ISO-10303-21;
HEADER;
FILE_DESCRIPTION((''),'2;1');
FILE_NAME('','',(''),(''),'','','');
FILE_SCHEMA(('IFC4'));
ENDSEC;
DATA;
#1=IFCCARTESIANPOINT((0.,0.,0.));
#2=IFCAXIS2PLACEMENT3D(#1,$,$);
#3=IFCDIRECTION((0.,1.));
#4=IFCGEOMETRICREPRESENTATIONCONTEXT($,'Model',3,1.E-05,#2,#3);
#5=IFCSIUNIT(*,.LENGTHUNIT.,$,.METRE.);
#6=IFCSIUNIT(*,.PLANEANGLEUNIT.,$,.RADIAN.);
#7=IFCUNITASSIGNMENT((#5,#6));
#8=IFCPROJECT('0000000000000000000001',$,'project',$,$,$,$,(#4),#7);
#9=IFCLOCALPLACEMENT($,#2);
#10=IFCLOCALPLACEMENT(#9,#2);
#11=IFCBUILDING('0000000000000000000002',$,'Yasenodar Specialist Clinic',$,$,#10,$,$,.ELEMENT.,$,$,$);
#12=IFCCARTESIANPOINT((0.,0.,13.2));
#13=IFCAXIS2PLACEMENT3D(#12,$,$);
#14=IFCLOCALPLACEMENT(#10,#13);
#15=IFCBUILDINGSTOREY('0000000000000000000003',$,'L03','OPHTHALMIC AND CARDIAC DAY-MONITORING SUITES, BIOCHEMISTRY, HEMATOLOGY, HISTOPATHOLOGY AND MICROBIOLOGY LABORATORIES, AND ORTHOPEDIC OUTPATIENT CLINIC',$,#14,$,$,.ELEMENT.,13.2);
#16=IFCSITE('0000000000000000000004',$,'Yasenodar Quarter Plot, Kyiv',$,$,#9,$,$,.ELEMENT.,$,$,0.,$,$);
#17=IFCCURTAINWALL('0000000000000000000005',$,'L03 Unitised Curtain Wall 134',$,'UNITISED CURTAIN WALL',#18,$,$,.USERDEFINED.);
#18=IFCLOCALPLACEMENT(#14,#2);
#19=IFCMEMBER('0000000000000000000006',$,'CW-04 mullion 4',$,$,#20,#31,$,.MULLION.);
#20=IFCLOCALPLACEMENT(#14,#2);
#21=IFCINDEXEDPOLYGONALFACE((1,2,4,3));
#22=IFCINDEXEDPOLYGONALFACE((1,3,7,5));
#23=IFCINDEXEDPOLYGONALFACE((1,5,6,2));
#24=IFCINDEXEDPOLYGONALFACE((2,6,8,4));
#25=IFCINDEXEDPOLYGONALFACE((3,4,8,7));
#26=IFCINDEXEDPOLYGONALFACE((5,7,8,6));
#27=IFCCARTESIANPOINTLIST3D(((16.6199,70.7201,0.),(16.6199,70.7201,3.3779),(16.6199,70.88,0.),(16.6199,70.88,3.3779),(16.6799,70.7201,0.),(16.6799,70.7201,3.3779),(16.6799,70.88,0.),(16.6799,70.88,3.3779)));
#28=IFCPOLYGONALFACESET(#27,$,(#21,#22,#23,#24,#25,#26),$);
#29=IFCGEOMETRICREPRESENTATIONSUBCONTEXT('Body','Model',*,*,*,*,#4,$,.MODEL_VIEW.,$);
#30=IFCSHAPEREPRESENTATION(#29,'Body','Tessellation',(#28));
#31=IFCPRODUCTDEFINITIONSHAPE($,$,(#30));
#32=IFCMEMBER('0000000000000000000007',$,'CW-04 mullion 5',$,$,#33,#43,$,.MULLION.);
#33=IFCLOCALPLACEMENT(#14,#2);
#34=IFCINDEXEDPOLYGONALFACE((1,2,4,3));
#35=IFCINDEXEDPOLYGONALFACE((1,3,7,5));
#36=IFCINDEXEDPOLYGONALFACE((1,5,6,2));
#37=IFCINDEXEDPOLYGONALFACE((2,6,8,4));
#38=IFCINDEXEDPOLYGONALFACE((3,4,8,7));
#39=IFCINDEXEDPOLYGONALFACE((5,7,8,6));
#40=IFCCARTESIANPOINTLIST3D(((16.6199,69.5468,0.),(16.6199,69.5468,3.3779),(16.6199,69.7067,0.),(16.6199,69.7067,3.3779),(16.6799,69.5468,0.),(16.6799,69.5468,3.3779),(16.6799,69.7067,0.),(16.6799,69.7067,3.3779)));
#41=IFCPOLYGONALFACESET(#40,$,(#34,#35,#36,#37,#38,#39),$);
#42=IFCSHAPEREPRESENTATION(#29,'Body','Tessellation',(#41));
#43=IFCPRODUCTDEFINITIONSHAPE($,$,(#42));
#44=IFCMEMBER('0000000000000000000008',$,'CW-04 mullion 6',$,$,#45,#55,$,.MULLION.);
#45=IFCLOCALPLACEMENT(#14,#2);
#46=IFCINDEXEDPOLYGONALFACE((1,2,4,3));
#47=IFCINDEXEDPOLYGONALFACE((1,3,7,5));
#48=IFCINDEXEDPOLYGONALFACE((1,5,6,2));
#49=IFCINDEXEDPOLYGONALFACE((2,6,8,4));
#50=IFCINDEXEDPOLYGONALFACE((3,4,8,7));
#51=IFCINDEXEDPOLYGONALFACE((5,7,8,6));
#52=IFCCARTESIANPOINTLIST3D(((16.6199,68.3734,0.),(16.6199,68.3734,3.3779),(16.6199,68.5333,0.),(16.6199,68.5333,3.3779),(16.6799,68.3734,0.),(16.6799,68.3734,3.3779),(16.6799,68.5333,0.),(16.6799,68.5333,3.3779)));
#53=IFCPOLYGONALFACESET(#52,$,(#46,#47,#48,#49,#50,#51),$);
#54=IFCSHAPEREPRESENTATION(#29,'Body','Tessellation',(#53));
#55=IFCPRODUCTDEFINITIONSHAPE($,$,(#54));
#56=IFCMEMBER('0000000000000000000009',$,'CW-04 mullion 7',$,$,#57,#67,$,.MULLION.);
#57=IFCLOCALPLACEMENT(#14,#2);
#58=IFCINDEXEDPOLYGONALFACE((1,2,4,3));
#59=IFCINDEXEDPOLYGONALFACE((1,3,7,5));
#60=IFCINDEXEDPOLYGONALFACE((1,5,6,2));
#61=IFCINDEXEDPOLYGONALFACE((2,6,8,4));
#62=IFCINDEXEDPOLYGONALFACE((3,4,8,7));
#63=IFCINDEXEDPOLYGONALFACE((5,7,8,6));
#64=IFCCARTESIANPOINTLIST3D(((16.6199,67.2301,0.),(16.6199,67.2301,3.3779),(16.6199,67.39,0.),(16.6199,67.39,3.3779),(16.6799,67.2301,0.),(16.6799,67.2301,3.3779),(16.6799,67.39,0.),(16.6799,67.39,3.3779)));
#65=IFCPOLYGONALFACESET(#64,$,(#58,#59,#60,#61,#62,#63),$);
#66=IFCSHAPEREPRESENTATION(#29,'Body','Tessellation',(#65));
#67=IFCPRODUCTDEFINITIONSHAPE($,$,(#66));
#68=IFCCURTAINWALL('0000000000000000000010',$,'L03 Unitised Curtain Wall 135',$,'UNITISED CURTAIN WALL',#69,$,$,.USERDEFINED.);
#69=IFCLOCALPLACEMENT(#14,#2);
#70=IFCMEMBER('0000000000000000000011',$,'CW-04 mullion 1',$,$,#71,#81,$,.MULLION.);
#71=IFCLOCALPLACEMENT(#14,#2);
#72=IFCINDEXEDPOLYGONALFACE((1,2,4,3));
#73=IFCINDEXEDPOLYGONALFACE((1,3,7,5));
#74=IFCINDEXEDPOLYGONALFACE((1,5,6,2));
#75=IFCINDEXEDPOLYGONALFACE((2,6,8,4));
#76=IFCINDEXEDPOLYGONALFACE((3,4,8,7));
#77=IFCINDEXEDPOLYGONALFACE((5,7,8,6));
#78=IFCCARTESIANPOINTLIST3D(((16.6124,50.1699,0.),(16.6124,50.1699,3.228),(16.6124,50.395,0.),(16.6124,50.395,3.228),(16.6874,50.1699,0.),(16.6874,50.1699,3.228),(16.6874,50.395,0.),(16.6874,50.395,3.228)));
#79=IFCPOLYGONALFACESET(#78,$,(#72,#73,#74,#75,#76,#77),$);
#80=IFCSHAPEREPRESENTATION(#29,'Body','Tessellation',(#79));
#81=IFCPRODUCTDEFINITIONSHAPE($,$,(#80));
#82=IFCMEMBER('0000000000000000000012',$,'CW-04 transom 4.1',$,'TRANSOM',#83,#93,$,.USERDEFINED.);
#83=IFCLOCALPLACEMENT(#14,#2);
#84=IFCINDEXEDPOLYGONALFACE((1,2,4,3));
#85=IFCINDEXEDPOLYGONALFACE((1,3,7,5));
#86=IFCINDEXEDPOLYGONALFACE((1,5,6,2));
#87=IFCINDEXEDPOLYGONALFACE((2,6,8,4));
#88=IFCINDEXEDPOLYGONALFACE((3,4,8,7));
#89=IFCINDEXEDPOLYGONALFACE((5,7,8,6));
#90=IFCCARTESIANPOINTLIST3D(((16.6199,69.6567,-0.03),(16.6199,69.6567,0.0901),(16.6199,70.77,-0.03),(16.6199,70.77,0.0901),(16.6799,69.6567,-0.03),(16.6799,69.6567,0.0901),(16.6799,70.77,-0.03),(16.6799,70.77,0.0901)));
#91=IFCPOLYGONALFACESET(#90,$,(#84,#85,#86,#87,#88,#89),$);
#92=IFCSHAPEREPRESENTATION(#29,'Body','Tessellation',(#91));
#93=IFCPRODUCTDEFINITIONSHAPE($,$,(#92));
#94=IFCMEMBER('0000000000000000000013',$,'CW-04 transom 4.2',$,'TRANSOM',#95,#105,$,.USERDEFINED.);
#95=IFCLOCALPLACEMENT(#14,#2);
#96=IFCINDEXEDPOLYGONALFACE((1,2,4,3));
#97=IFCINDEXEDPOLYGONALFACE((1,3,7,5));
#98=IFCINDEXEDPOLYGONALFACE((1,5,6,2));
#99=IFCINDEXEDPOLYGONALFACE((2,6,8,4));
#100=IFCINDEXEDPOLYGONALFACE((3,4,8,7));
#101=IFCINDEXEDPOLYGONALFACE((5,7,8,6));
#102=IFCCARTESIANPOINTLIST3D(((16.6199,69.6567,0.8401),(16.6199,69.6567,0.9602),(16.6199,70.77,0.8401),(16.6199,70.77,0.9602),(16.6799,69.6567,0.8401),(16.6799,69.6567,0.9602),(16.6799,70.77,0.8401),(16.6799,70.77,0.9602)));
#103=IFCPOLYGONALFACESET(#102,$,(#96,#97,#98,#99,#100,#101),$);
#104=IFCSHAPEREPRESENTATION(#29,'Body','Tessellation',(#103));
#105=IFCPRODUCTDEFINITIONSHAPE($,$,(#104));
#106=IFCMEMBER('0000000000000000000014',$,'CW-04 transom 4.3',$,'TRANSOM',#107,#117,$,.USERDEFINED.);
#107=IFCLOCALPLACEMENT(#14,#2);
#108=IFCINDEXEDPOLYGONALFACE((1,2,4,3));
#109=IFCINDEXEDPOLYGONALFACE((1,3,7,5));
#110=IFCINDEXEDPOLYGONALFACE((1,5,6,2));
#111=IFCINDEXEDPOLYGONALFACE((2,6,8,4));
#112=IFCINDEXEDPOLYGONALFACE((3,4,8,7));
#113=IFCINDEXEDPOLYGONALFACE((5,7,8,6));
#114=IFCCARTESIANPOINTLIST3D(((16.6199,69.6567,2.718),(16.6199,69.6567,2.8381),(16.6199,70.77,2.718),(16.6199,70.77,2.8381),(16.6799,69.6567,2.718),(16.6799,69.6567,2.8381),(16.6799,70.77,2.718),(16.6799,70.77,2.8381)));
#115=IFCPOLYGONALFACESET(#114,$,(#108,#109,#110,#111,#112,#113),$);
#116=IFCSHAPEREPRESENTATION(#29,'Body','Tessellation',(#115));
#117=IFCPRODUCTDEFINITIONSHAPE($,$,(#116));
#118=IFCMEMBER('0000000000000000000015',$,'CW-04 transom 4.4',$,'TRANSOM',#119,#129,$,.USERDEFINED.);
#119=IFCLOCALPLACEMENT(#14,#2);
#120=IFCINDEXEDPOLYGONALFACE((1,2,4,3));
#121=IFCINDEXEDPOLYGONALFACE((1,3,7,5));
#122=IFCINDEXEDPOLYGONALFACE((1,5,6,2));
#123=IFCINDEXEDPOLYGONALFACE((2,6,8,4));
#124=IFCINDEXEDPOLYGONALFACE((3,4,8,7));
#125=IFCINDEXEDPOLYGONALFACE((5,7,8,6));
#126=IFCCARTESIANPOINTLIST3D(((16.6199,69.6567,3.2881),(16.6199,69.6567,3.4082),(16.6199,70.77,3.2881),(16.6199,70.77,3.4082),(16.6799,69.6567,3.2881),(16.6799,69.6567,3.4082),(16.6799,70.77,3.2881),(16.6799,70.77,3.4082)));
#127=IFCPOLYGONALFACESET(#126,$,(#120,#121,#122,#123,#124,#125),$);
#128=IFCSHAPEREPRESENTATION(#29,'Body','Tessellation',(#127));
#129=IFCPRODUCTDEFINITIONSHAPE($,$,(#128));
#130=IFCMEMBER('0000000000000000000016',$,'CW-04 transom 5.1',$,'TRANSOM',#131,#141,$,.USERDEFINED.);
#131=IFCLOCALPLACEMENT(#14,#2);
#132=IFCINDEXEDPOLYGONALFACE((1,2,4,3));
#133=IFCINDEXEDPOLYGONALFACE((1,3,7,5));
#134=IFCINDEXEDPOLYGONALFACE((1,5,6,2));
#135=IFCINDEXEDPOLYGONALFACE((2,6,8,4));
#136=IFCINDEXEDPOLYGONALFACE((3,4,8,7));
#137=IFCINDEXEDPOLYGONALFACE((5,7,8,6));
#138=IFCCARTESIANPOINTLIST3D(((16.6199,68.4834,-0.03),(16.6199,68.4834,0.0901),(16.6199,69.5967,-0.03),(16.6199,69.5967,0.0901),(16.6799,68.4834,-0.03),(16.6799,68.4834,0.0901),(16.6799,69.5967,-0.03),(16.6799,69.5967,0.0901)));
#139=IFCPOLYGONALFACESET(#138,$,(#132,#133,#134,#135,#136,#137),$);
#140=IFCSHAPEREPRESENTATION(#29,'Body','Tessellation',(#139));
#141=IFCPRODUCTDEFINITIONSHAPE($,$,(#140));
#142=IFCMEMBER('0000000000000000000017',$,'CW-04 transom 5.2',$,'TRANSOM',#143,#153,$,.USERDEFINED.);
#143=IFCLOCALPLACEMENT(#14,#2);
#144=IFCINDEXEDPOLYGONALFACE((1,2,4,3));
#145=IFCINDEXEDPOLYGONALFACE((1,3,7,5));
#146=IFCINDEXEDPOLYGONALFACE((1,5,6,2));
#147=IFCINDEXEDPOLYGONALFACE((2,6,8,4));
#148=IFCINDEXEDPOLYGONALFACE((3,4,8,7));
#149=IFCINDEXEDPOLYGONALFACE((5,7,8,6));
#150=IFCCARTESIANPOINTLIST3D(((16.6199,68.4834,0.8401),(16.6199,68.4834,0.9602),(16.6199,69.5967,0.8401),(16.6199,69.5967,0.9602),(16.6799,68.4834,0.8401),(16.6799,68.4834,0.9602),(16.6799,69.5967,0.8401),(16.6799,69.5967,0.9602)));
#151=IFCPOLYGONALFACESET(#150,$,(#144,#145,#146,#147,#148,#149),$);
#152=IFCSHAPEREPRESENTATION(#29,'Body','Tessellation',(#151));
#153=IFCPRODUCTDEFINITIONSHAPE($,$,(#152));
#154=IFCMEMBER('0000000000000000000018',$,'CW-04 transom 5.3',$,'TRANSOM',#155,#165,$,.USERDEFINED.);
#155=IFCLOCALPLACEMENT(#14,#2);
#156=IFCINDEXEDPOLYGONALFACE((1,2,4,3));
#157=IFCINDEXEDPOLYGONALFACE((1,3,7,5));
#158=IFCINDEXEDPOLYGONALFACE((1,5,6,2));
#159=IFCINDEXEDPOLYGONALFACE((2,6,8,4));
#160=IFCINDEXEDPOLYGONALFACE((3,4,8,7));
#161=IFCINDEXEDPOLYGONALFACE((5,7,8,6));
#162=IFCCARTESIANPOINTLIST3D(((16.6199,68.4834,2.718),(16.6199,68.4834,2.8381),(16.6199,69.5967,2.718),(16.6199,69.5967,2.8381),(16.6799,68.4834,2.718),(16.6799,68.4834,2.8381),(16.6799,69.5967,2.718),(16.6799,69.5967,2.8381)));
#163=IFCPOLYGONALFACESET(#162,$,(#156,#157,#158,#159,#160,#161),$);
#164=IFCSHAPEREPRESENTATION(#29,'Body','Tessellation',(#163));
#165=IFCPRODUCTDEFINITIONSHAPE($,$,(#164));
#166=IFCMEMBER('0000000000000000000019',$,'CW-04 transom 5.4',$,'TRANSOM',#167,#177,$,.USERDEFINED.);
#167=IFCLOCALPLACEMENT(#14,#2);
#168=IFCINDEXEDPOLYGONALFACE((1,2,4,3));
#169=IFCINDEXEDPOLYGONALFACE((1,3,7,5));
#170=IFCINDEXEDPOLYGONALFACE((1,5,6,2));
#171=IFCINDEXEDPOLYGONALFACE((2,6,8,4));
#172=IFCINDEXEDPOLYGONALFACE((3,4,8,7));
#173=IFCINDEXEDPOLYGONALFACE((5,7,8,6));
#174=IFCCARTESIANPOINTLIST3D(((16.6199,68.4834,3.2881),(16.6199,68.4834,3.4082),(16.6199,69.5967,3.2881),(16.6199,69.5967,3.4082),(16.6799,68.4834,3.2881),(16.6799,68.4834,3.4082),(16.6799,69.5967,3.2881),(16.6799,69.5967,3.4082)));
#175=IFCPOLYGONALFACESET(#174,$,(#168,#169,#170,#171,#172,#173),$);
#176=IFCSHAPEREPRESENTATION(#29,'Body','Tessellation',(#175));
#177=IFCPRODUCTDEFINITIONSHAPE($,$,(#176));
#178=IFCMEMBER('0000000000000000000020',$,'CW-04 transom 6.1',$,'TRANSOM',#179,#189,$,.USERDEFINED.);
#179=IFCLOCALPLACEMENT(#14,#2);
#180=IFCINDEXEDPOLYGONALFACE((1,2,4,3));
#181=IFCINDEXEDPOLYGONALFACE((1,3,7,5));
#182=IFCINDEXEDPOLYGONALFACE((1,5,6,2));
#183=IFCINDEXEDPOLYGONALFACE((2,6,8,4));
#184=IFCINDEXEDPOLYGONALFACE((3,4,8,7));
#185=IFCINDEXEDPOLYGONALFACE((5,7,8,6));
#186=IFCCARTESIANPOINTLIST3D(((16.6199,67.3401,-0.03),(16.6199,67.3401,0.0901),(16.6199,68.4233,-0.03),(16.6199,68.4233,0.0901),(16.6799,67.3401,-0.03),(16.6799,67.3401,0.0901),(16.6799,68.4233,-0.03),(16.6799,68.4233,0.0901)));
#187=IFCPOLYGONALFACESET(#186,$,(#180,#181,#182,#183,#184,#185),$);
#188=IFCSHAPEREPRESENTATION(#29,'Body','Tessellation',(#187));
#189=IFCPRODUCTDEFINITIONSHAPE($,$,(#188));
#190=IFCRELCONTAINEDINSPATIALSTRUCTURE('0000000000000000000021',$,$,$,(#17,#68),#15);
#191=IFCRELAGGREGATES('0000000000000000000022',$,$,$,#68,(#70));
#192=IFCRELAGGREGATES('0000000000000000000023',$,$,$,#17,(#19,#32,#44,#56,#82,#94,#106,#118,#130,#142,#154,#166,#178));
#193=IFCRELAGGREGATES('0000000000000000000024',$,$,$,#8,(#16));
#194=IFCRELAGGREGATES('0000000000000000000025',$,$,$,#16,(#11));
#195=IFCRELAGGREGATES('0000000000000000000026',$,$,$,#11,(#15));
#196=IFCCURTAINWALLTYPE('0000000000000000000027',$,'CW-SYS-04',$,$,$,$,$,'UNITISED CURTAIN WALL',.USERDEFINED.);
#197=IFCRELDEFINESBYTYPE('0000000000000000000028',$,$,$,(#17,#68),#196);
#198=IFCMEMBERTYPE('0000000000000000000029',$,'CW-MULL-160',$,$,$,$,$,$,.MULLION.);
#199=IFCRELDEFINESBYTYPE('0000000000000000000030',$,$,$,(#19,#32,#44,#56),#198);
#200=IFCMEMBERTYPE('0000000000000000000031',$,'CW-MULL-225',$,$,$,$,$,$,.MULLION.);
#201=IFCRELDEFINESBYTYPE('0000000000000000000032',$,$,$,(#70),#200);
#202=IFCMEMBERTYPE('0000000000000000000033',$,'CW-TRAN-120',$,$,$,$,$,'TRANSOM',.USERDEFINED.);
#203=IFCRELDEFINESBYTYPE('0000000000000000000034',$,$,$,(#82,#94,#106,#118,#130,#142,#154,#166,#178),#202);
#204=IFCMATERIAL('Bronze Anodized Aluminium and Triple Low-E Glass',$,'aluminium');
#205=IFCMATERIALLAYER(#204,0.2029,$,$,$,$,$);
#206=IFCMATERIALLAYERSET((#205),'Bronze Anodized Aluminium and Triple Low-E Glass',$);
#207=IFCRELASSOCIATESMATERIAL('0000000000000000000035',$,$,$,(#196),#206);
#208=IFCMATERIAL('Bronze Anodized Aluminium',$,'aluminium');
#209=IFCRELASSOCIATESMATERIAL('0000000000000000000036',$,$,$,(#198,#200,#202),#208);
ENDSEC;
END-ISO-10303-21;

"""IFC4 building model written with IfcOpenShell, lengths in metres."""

from ifc_helpers import new_model, si_unit, direction, frame, origin, origin_2d, place, context, subcontext, project, spatial, rectangle, extrude, material, layer, layer_set, material_profile, profile_set, type_object, element, aggregate, save


model = new_model("IFC4")

# Units and contexts
model_context = context("Model", 3, precision=1e-05, world=origin(), true_north=direction((0.0, 1.0)))
body_context = subcontext(model_context, "Body", "Model", "MODEL_VIEW")
ifc_project = project(units=[si_unit("LENGTHUNIT", "METRE"), si_unit("PLANEANGLEUNIT", "RADIAN")], contexts=[model_context])

# Site, building, storey
site_placement = place(None, origin())
site = spatial("IfcSite", under=ifc_project, at=site_placement, Name="Yasenodar Quarter Plot, Kyiv", CompositionType="ELEMENT", RefElevation=0.0)
building_placement = place(site_placement, origin())
building = spatial("IfcBuilding", under=site, at=building_placement, Name="Yasenodar Specialist Clinic", CompositionType="ELEMENT")
storey_placement = place(building_placement, frame((0.0, 0.0, 13.2)))
storey = spatial("IfcBuildingStorey", under=building, at=storey_placement, Name="L03", Description="OPHTHALMIC AND CARDIAC DAY-MONITORING SUITES, BIOCHEMISTRY, HEMATOLOGY, HISTOPATHOLOGY AND MICROBIOLOGY LABORATORIES, AND ORTHOPEDIC OUTPATIENT CLINIC", CompositionType="ELEMENT", Elevation=13.2)

# Curtain wall, members
ifc_material_1 = material(Name="Bronze Anodized Aluminium and Triple Low-E Glass", Category="aluminium")
ifc_layer_1 = layer(ifc_material_1, 0.2029)
ifc_layer_set_1 = layer_set([ifc_layer_1], Name="Bronze Anodized Aluminium and Triple Low-E Glass")
curtain_wall_type = type_object("IfcCurtainWallType", Name="CW-SYS-04", ElementType="UNITISED CURTAIN WALL", PredefinedType="USERDEFINED", material=ifc_layer_set_1)
curtain_wall_1_placement = place(storey_placement, origin())
curtain_wall_1 = element("IfcCurtainWall", 1, at=curtain_wall_1_placement, inside=storey, type_object=curtain_wall_type, Name="L03 Unitised Curtain Wall 134", ObjectType="UNITISED CURTAIN WALL", PredefinedType="USERDEFINED")
ifc_material_2 = material(Name="Bronze Anodized Aluminium", Category="aluminium")
ifc_material_profile_1 = material_profile(ifc_material_2, rectangle(XDim=0.0601, YDim=0.1599, at=origin_2d()), Name="CW-MULL 60x160")
ifc_profile_set_1 = profile_set([ifc_material_profile_1], Name="Bronze Anodized Aluminium")
member_type_1 = type_object("IfcMemberType", Name="CW-MULL-160", PredefinedType="MULLION", material=ifc_profile_set_1)
member_1_placement = place(storey_placement, frame((16.6499, 70.8, 0.0), z_axis=(0.0, 0.0, 1.0), x_axis=(1.0, 0.0, 0.0)))
member_1 = element("IfcMember", 2, at=member_1_placement, type_object=member_type_1, Name="CW-04 mullion 4", PredefinedType="MULLION", context=body_context, shape_type="SweptSolid", body=[
    extrude(rectangle(XDim=0.0601, YDim=0.1599, at=origin_2d()), origin(), (0.0, 0.0, 1.0), 3.3779),
])
member_2_placement = place(storey_placement, frame((16.6499, 69.6267, 0.0), z_axis=(0.0, 0.0, 1.0), x_axis=(1.0, 0.0, 0.0)))
member_2 = element("IfcMember", 3, at=member_2_placement, type_object=member_type_1, Name="CW-04 mullion 5", PredefinedType="MULLION", context=body_context, shape_type="SweptSolid", body=[
    extrude(rectangle(XDim=0.0601, YDim=0.1599, at=origin_2d()), origin(), (0.0, 0.0, 1.0), 3.3779),
])
member_3_placement = place(storey_placement, frame((16.6499, 68.4534, 0.0), z_axis=(0.0, 0.0, 1.0), x_axis=(1.0, 0.0, 0.0)))
member_3 = element("IfcMember", 4, at=member_3_placement, type_object=member_type_1, Name="CW-04 mullion 6", PredefinedType="MULLION", context=body_context, shape_type="SweptSolid", body=[
    extrude(rectangle(XDim=0.0601, YDim=0.1599, at=origin_2d()), origin(), (0.0, 0.0, 1.0), 3.3779),
])
member_4_placement = place(storey_placement, frame((16.6499, 67.3101, 0.0), z_axis=(0.0, 0.0, 1.0), x_axis=(1.0, 0.0, 0.0)))
member_4 = element("IfcMember", 5, at=member_4_placement, type_object=member_type_1, Name="CW-04 mullion 7", PredefinedType="MULLION", context=body_context, shape_type="SweptSolid", body=[
    extrude(rectangle(XDim=0.0601, YDim=0.1599, at=origin_2d()), origin(), (0.0, 0.0, 1.0), 3.3779),
])

# Curtain wall, member
curtain_wall_2_placement = place(storey_placement, origin())
curtain_wall_2 = element("IfcCurtainWall", 6, at=curtain_wall_2_placement, inside=storey, type_object=curtain_wall_type, Name="L03 Unitised Curtain Wall 135", ObjectType="UNITISED CURTAIN WALL", PredefinedType="USERDEFINED")
ifc_material_profile_2 = material_profile(ifc_material_2, rectangle(XDim=0.075, YDim=0.2251, at=origin_2d()), Name="CW-MULL 75x225")
ifc_profile_set_2 = profile_set([ifc_material_profile_2], Name="Bronze Anodized Aluminium")
member_type_2 = type_object("IfcMemberType", Name="CW-MULL-225", PredefinedType="MULLION", material=ifc_profile_set_2)
member_5_placement = place(storey_placement, frame((16.6499, 50.2825, 0.0), z_axis=(0.0, 0.0, 1.0), x_axis=(1.0, 0.0, 0.0)))
member_5 = element("IfcMember", 7, at=member_5_placement, type_object=member_type_2, Name="CW-04 mullion 1", PredefinedType="MULLION", context=body_context, shape_type="SweptSolid", body=[
    extrude(rectangle(XDim=0.075, YDim=0.2251, at=origin_2d()), origin(), (0.0, 0.0, 1.0), 3.228),
])

# Members
ifc_material_profile_3 = material_profile(ifc_material_2, rectangle(XDim=0.0601, YDim=0.1201, at=origin_2d()), Name="CW-TRAN 60x120")
ifc_profile_set_3 = profile_set([ifc_material_profile_3], Name="Bronze Anodized Aluminium")
member_type_3 = type_object("IfcMemberType", Name="CW-TRAN-120", ElementType="TRANSOM", PredefinedType="USERDEFINED", material=ifc_profile_set_3)
member_6_placement = place(storey_placement, frame((16.6499, 70.77, 0.03), z_axis=(0.0, -1.0, 0.0), x_axis=(1.0, 0.0, 0.0)))
member_6 = element("IfcMember", 8, at=member_6_placement, type_object=member_type_3, Name="CW-04 transom 4.1", ObjectType="TRANSOM", PredefinedType="USERDEFINED", context=body_context, shape_type="SweptSolid", body=[
    extrude(rectangle(XDim=0.0601, YDim=0.1201, at=origin_2d()), origin(), (0.0, 0.0, 1.0), 1.1133),
])
member_7_placement = place(storey_placement, frame((16.6499, 70.77, 0.9001), z_axis=(0.0, -1.0, 0.0), x_axis=(1.0, 0.0, 0.0)))
member_7 = element("IfcMember", 9, at=member_7_placement, type_object=member_type_3, Name="CW-04 transom 4.2", ObjectType="TRANSOM", PredefinedType="USERDEFINED", context=body_context, shape_type="SweptSolid", body=[
    extrude(rectangle(XDim=0.0601, YDim=0.1201, at=origin_2d()), origin(), (0.0, 0.0, 1.0), 1.1133),
])
member_8_placement = place(storey_placement, frame((16.6499, 70.77, 2.7781), z_axis=(0.0, -1.0, 0.0), x_axis=(1.0, 0.0, 0.0)))
member_8 = element("IfcMember", 10, at=member_8_placement, type_object=member_type_3, Name="CW-04 transom 4.3", ObjectType="TRANSOM", PredefinedType="USERDEFINED", context=body_context, shape_type="SweptSolid", body=[
    extrude(rectangle(XDim=0.0601, YDim=0.1201, at=origin_2d()), origin(), (0.0, 0.0, 1.0), 1.1133),
])
member_9_placement = place(storey_placement, frame((16.6499, 70.77, 3.3481), z_axis=(0.0, -1.0, 0.0), x_axis=(1.0, 0.0, 0.0)))
member_9 = element("IfcMember", 11, at=member_9_placement, type_object=member_type_3, Name="CW-04 transom 4.4", ObjectType="TRANSOM", PredefinedType="USERDEFINED", context=body_context, shape_type="SweptSolid", body=[
    extrude(rectangle(XDim=0.0601, YDim=0.1201, at=origin_2d()), origin(), (0.0, 0.0, 1.0), 1.1133),
])
member_10_placement = place(storey_placement, frame((16.6499, 69.5967, 0.03), z_axis=(0.0, -1.0, 0.0), x_axis=(1.0, 0.0, 0.0)))
member_10 = element("IfcMember", 12, at=member_10_placement, type_object=member_type_3, Name="CW-04 transom 5.1", ObjectType="TRANSOM", PredefinedType="USERDEFINED", context=body_context, shape_type="SweptSolid", body=[
    extrude(rectangle(XDim=0.0601, YDim=0.1201, at=origin_2d()), origin(), (0.0, 0.0, 1.0), 1.1133),
])
member_11_placement = place(storey_placement, frame((16.6499, 69.5967, 0.9001), z_axis=(0.0, -1.0, 0.0), x_axis=(1.0, 0.0, 0.0)))
member_11 = element("IfcMember", 13, at=member_11_placement, type_object=member_type_3, Name="CW-04 transom 5.2", ObjectType="TRANSOM", PredefinedType="USERDEFINED", context=body_context, shape_type="SweptSolid", body=[
    extrude(rectangle(XDim=0.0601, YDim=0.1201, at=origin_2d()), origin(), (0.0, 0.0, 1.0), 1.1133),
])
member_12_placement = place(storey_placement, frame((16.6499, 69.5967, 2.7781), z_axis=(0.0, -1.0, 0.0), x_axis=(1.0, 0.0, 0.0)))
member_12 = element("IfcMember", 14, at=member_12_placement, type_object=member_type_3, Name="CW-04 transom 5.3", ObjectType="TRANSOM", PredefinedType="USERDEFINED", context=body_context, shape_type="SweptSolid", body=[
    extrude(rectangle(XDim=0.0601, YDim=0.1201, at=origin_2d()), origin(), (0.0, 0.0, 1.0), 1.1133),
])
member_13_placement = place(storey_placement, frame((16.6499, 69.5967, 3.3481), z_axis=(0.0, -1.0, 0.0), x_axis=(1.0, 0.0, 0.0)))
member_13 = element("IfcMember", 15, at=member_13_placement, type_object=member_type_3, Name="CW-04 transom 5.4", ObjectType="TRANSOM", PredefinedType="USERDEFINED", context=body_context, shape_type="SweptSolid", body=[
    extrude(rectangle(XDim=0.0601, YDim=0.1201, at=origin_2d()), origin(), (0.0, 0.0, 1.0), 1.1133),
])
member_14_placement = place(storey_placement, frame((16.6499, 68.4233, 0.03), z_axis=(0.0, -1.0, 0.0), x_axis=(1.0, 0.0, 0.0)))
member_14 = element("IfcMember", 16, at=member_14_placement, type_object=member_type_3, Name="CW-04 transom 6.1", ObjectType="TRANSOM", PredefinedType="USERDEFINED", context=body_context, shape_type="SweptSolid", body=[
    extrude(rectangle(XDim=0.0601, YDim=0.1201, at=origin_2d()), origin(), (0.0, 0.0, 1.0), 1.0833),
])
aggregate(curtain_wall_2, [member_5])

aggregate(curtain_wall_1, [member_1, member_2, member_3, member_4, member_6, member_7, member_8, member_9, member_10, member_11, member_12, member_13, member_14])

save(model, "model.ifc")
